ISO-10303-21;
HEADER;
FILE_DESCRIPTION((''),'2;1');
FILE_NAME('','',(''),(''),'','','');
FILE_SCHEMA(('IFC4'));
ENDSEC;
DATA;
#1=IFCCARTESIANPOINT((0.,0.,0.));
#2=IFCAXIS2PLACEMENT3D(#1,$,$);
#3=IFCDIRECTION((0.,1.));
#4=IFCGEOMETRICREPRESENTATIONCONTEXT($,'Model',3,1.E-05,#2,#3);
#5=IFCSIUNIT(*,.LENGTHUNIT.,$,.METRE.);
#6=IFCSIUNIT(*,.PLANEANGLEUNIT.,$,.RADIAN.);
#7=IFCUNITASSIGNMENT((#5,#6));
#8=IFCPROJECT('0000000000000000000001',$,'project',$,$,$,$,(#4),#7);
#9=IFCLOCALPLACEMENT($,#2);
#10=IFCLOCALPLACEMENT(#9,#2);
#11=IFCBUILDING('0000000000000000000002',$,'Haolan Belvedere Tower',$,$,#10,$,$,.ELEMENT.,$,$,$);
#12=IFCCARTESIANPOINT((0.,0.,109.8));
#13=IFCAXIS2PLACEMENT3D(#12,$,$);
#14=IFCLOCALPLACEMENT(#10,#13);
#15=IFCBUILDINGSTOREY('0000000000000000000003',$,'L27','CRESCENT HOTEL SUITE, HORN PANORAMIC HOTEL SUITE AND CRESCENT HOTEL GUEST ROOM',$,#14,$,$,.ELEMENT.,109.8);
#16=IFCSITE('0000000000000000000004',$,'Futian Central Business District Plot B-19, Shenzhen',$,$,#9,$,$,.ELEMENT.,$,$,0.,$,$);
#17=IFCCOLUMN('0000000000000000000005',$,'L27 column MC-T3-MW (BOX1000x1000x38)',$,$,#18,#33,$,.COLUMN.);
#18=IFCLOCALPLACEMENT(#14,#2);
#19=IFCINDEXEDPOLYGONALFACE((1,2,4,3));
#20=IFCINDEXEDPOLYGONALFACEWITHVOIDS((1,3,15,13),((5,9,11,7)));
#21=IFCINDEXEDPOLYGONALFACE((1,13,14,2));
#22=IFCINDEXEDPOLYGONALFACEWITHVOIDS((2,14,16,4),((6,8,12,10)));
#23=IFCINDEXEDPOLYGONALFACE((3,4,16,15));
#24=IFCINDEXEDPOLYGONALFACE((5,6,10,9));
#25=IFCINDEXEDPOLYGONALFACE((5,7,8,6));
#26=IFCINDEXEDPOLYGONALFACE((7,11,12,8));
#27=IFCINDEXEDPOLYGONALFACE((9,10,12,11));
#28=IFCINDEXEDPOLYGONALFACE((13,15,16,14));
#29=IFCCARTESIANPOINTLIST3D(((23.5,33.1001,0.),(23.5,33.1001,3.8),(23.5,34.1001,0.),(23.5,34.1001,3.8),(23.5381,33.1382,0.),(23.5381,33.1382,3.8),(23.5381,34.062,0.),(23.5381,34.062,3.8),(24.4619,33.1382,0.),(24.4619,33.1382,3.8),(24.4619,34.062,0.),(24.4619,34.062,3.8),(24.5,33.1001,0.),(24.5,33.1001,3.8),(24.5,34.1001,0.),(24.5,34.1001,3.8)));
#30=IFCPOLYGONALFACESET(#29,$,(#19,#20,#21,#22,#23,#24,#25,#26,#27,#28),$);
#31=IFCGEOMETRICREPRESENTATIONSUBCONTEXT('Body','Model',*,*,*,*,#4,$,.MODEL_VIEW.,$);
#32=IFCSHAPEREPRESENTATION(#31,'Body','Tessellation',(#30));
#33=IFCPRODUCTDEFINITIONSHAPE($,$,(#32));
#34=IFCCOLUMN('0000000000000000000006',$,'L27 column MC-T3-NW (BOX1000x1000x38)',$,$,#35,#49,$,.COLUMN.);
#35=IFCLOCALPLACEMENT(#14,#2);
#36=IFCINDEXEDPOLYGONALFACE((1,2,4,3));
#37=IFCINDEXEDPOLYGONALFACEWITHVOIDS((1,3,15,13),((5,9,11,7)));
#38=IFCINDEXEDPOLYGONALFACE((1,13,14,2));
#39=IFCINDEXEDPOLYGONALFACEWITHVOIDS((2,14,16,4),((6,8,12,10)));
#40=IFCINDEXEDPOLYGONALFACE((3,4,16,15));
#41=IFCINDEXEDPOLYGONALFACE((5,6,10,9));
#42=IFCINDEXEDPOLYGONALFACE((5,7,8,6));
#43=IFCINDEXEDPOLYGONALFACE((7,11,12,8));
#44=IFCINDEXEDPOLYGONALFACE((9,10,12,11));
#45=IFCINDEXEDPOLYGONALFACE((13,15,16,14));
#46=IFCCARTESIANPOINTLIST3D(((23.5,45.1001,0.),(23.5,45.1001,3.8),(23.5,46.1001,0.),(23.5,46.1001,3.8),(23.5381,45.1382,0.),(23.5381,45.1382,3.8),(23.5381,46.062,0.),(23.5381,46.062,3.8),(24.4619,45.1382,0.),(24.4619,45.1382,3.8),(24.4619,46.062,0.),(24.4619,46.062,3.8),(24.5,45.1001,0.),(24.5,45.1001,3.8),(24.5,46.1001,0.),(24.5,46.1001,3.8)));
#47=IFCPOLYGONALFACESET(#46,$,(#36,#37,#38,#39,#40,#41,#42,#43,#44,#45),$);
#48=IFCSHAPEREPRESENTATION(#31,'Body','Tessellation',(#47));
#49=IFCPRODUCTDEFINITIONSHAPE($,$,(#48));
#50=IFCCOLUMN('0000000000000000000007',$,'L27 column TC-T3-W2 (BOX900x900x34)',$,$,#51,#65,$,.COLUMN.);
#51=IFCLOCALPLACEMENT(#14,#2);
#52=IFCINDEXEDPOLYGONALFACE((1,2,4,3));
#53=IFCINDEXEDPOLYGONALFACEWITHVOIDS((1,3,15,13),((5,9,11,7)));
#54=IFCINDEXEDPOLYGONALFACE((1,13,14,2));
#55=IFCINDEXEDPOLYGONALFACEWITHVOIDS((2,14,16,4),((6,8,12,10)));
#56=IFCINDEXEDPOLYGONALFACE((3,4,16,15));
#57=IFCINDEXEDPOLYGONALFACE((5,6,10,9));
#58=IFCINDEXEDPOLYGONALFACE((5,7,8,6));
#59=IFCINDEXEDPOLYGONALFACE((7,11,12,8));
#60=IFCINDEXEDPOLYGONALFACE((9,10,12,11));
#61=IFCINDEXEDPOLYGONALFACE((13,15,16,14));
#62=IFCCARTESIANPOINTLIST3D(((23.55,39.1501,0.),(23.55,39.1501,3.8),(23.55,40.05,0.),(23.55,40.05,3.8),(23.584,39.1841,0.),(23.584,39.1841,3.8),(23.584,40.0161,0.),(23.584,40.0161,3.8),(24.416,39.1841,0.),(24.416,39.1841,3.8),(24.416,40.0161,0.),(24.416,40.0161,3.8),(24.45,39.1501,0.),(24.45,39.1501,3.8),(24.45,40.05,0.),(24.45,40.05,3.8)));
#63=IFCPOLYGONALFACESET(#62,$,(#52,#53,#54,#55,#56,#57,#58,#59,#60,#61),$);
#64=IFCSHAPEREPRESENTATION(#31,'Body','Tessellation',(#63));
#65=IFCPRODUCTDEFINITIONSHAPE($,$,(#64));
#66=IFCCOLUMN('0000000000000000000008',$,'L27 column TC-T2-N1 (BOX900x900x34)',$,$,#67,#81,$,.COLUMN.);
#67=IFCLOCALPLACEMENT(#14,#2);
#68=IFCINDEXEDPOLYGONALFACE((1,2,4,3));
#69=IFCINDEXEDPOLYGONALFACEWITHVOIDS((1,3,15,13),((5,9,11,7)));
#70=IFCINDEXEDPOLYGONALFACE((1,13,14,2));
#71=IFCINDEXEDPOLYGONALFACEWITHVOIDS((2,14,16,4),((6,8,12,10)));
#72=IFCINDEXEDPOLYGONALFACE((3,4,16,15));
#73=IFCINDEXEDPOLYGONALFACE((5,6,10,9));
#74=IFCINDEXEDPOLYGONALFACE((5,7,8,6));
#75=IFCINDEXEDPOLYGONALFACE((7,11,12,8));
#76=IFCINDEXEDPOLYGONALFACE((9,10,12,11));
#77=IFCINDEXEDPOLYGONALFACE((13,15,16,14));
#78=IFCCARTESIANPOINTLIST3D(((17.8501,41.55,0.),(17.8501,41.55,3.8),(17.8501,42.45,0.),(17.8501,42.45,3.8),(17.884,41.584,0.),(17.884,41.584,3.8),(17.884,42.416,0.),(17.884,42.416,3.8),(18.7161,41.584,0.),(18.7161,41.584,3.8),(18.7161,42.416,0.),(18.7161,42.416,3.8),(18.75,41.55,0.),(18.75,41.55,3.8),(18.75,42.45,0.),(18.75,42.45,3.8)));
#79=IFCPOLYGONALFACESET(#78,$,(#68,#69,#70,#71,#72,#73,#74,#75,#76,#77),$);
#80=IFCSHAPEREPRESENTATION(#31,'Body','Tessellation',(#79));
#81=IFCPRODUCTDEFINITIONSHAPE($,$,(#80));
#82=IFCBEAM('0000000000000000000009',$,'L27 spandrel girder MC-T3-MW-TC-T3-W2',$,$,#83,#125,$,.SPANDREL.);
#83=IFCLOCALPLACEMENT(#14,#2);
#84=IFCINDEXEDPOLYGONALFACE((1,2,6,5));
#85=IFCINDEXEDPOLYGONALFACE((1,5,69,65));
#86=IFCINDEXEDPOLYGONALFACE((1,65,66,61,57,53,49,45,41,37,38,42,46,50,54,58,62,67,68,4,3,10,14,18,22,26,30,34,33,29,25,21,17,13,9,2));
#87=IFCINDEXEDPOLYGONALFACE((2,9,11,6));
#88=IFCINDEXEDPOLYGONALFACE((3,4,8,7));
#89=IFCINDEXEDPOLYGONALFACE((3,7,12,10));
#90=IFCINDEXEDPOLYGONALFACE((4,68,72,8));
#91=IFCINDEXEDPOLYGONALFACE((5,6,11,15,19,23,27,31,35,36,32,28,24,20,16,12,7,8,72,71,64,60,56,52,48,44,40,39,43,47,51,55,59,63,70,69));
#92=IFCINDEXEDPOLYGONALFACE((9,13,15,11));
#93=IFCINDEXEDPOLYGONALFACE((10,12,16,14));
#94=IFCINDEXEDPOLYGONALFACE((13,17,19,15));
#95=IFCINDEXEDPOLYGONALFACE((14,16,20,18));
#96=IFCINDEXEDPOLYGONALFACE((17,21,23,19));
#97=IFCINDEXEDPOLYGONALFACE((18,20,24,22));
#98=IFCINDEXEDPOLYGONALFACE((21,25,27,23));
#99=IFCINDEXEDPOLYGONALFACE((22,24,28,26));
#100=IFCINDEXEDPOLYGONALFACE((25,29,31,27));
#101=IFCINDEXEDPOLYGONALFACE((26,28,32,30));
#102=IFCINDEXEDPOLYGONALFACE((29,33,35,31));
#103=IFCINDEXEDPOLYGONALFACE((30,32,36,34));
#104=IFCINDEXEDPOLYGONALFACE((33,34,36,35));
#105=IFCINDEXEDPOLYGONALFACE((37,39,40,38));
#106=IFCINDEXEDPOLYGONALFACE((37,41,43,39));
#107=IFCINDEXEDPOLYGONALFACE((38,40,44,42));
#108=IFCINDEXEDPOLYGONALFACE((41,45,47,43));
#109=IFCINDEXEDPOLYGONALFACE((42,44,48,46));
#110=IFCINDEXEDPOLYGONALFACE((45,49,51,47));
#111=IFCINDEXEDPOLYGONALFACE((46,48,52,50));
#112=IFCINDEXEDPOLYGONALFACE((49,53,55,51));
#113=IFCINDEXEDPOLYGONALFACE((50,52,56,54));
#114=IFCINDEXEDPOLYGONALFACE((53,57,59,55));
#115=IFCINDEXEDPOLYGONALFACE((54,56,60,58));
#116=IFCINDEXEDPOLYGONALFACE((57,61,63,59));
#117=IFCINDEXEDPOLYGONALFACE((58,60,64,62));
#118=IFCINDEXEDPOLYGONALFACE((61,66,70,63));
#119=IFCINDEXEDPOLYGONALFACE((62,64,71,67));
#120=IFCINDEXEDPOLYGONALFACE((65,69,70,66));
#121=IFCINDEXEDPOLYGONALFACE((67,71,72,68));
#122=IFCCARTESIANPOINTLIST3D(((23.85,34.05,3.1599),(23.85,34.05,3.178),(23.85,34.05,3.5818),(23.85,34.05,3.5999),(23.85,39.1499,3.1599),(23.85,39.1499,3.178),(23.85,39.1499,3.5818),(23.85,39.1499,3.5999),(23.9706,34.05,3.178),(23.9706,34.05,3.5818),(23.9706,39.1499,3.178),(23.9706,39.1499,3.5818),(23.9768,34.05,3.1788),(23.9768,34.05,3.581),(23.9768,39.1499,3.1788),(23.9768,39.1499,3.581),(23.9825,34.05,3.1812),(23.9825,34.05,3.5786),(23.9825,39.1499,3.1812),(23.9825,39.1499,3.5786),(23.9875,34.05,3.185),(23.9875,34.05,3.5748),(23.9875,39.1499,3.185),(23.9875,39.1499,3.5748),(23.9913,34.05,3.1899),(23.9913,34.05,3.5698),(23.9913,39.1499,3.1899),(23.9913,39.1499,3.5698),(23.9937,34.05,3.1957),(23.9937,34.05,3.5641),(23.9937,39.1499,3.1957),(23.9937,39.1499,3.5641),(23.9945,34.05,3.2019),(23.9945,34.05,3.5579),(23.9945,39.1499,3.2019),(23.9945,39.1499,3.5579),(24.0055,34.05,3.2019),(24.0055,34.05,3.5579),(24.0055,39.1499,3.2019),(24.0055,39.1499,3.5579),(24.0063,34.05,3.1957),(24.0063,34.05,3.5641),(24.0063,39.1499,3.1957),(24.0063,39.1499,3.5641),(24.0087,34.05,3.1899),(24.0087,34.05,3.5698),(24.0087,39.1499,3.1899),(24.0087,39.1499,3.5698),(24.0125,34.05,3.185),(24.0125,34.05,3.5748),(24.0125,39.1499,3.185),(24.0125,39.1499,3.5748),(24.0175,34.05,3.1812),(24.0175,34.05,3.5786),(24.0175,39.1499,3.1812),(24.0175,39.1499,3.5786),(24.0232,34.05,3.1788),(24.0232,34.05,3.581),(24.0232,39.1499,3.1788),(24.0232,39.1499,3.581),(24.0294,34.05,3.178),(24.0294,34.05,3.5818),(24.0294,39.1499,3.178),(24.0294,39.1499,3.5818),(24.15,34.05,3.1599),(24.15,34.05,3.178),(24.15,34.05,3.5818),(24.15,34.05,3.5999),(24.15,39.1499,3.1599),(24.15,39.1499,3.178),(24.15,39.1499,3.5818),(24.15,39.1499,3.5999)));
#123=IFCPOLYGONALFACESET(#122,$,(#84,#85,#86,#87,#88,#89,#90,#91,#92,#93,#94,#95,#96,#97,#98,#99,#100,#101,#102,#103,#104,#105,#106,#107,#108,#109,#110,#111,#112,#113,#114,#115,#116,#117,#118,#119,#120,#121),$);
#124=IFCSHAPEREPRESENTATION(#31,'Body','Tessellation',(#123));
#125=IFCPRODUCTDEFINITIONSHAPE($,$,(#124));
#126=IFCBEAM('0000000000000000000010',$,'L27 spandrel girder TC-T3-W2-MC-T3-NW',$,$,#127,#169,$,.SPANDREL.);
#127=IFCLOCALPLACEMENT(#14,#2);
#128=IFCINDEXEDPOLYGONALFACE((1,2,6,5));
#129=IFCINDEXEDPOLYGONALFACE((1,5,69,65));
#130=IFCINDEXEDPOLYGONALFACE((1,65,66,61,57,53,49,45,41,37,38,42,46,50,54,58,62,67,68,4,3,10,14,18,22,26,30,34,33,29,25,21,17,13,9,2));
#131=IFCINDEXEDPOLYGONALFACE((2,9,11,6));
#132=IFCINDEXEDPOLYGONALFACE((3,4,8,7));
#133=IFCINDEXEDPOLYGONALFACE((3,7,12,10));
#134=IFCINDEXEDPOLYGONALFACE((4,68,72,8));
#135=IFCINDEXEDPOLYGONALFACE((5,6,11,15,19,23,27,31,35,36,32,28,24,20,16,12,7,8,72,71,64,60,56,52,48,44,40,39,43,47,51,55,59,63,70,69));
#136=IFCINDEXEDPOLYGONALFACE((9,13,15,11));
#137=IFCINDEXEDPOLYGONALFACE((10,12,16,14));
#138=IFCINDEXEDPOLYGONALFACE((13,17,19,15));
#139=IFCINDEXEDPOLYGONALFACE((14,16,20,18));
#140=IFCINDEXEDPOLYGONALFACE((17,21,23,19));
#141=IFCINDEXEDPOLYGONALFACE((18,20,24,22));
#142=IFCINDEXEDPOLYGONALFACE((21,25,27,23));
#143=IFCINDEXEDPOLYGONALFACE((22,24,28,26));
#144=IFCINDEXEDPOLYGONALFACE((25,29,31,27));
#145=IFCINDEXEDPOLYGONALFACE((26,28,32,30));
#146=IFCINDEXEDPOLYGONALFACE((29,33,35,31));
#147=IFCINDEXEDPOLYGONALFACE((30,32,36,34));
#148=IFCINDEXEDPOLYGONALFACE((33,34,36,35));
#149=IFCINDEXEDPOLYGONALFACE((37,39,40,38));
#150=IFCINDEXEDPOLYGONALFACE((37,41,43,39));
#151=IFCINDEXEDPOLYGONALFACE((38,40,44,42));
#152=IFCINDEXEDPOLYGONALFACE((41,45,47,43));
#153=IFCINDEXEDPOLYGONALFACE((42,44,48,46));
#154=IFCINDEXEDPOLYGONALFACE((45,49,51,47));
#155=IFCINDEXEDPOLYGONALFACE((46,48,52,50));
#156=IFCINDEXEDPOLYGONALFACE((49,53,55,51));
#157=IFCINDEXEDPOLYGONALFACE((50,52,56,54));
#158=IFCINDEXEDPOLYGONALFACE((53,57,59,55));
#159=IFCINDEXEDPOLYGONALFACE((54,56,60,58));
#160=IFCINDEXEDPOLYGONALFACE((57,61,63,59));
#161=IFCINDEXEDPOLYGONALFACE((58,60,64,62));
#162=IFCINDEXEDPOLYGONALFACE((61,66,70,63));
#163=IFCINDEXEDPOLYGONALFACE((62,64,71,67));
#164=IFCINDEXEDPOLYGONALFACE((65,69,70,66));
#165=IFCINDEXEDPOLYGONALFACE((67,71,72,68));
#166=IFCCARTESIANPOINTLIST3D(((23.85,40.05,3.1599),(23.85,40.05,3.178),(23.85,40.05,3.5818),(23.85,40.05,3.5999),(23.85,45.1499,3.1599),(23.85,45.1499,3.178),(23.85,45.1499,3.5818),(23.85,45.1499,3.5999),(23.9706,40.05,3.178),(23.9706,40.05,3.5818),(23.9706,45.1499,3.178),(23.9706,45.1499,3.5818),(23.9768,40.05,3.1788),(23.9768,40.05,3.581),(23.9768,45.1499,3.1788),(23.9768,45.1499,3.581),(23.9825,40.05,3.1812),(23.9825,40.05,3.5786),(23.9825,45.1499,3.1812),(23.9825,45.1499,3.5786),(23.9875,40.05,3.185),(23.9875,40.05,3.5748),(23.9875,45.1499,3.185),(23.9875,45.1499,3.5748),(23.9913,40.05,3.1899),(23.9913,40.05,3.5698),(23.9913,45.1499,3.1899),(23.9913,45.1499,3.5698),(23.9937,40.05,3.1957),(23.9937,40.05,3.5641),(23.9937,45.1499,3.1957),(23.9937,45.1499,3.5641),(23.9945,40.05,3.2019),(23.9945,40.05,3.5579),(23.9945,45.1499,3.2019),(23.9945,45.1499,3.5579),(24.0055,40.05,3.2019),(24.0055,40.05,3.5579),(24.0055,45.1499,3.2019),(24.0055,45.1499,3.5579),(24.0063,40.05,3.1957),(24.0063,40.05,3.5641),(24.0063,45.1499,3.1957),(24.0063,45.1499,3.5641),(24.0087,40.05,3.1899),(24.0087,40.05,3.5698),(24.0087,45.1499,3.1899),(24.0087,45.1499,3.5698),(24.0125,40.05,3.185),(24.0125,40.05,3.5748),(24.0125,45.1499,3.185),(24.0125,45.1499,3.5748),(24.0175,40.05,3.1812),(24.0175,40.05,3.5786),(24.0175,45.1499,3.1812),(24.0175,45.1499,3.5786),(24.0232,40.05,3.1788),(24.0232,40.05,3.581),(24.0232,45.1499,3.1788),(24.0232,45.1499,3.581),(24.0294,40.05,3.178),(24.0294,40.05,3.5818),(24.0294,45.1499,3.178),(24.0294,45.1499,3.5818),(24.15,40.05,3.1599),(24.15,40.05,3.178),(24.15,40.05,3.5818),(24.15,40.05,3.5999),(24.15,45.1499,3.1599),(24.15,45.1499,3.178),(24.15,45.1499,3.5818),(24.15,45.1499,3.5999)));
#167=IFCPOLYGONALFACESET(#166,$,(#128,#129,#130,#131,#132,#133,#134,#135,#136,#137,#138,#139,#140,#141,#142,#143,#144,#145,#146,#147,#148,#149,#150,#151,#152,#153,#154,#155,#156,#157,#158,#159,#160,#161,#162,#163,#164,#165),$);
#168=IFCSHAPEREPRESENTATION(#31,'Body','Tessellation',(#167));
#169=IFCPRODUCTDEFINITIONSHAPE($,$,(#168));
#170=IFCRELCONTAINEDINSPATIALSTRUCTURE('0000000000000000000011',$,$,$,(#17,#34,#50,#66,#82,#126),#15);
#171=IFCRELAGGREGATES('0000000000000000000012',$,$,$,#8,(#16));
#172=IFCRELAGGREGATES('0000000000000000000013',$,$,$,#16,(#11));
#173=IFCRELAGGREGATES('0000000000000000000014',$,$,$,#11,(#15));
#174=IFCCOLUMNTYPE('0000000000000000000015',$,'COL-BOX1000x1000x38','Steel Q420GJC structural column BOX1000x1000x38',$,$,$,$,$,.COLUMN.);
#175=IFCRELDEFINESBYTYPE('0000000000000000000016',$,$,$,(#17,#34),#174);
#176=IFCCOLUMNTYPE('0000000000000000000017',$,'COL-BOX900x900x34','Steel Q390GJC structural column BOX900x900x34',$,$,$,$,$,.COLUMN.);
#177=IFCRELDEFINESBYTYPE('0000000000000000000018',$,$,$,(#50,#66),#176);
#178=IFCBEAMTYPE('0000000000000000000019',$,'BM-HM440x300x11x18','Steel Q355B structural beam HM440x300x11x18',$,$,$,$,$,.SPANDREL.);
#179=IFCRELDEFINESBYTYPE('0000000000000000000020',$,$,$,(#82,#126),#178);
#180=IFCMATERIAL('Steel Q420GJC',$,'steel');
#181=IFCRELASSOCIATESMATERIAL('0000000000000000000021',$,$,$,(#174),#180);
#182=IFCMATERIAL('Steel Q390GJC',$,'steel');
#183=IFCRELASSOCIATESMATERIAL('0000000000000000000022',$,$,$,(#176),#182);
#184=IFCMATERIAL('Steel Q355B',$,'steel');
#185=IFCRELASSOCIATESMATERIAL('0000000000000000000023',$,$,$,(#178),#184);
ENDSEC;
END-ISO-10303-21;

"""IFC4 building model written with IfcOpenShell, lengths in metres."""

from ifc_helpers import new_model, si_unit, direction, frame, origin, origin_2d, place, context, subcontext, project, spatial, hollow_rectangle, i_section, extrude, material, material_profile, profile_set, type_object, element, save


model = new_model("IFC4")

# Units and contexts
model_context = context("Model", 3, precision=1e-05, world=origin(), true_north=direction((0.0, 1.0)))
body_context = subcontext(model_context, "Body", "Model", "MODEL_VIEW")
ifc_project = project(units=[si_unit("LENGTHUNIT", "METRE"), si_unit("PLANEANGLEUNIT", "RADIAN")], contexts=[model_context])

# Site, building, storey
site_placement = place(None, origin())
site = spatial("IfcSite", under=ifc_project, at=site_placement, Name="Futian Central Business District Plot B-19, Shenzhen", CompositionType="ELEMENT", RefElevation=0.0)
building_placement = place(site_placement, origin())
building = spatial("IfcBuilding", under=site, at=building_placement, Name="Haolan Belvedere Tower", CompositionType="ELEMENT")
storey_placement = place(building_placement, frame((0.0, 0.0, 109.8)))
storey = spatial("IfcBuildingStorey", under=building, at=storey_placement, Name="L27", Description="CRESCENT HOTEL SUITE, HORN PANORAMIC HOTEL SUITE AND CRESCENT HOTEL GUEST ROOM", CompositionType="ELEMENT", Elevation=109.8)

# Columns
ifc_material_1 = material(Name="Steel Q420GJC", Category="steel")
ifc_material_profile_1 = material_profile(ifc_material_1, hollow_rectangle(XDim=1.0, YDim=1.0, WallThickness=0.0381, at=origin_2d()), Name="Steel Q420GJC")
ifc_profile_set_1 = profile_set([ifc_material_profile_1], Name="Steel Q420GJC")
column_type_1 = type_object("IfcColumnType", Name="COL-BOX1000x1000x38", Description="Steel Q420GJC structural column BOX1000x1000x38", PredefinedType="COLUMN", material=ifc_profile_set_1)
for number, where, z_axis, x_axis, name in (
    (1, (24.0, 33.6001, 0.0), (0.0, 0.0, 1.0), (1.0, 0.0, 0.0), "L27 column MC-T3-MW (BOX1000x1000x38)"),
    (2, (24.0, 45.6001, 0.0), (0.0, 0.0, 1.0), (1.0, 0.0, 0.0), "L27 column MC-T3-NW (BOX1000x1000x38)"),
):
    element("IfcColumn", number, at=place(storey_placement, frame(where, z_axis=z_axis, x_axis=x_axis)), inside=storey, type_object=column_type_1, Name=name, PredefinedType="COLUMN", context=body_context, shape_type="SweptSolid", body=[
        extrude(hollow_rectangle(XDim=1.0, YDim=1.0, WallThickness=0.0381, at=origin_2d()), origin(), (0.0, 0.0, 1.0), 3.8),
    ])
ifc_material_2 = material(Name="Steel Q390GJC", Category="steel")
ifc_material_profile_2 = material_profile(ifc_material_2, hollow_rectangle(XDim=0.8999, YDim=0.8999, WallThickness=0.0339, at=origin_2d()), Name="Steel Q390GJC")
ifc_profile_set_2 = profile_set([ifc_material_profile_2], Name="Steel Q390GJC")
column_type_2 = type_object("IfcColumnType", Name="COL-BOX900x900x34", Description="Steel Q390GJC structural column BOX900x900x34", PredefinedType="COLUMN", material=ifc_profile_set_2)
for number, where, z_axis, x_axis, name in (
    (3, (24.0, 39.6001, 0.0), (0.0, 0.0, 1.0), (1.0, 0.0, 0.0), "L27 column TC-T3-W2 (BOX900x900x34)"),
    (4, (18.3, 42.0, 0.0), (0.0, 0.0, 1.0), (1.0, 0.0, 0.0), "L27 column TC-T2-N1 (BOX900x900x34)"),
):
    element("IfcColumn", number, at=place(storey_placement, frame(where, z_axis=z_axis, x_axis=x_axis)), inside=storey, type_object=column_type_2, Name=name, PredefinedType="COLUMN", context=body_context, shape_type="SweptSolid", body=[
        extrude(hollow_rectangle(XDim=0.8999, YDim=0.8999, WallThickness=0.0339, at=origin_2d()), origin(), (0.0, 0.0, 1.0), 3.8),
    ])

# Beams
ifc_material_3 = material(Name="Steel Q355B", Category="steel")
ifc_material_profile_3 = material_profile(ifc_material_3, i_section(OverallWidth=0.3, OverallDepth=0.4399, WebThickness=0.011, FlangeThickness=0.0181, FilletRadius=0.0239, at=origin_2d()), Name="Steel Q355B")
ifc_profile_set_3 = profile_set([ifc_material_profile_3], Name="Steel Q355B")
beam_type = type_object("IfcBeamType", Name="BM-HM440x300x11x18", Description="Steel Q355B structural beam HM440x300x11x18", PredefinedType="SPANDREL", material=ifc_profile_set_3)
for number, where, z_axis, x_axis, name in (
    (5, (24.0, 34.05, 3.3799), (0.0, 1.0, 0.0), (-1.0, 0.0, 0.0), "L27 spandrel girder MC-T3-MW-TC-T3-W2"),
    (6, (24.0, 40.05, 3.3799), (0.0, 1.0, 0.0), (-1.0, 0.0, 0.0), "L27 spandrel girder TC-T3-W2-MC-T3-NW"),
):
    element("IfcBeam", number, at=place(storey_placement, frame(where, z_axis=z_axis, x_axis=x_axis)), inside=storey, type_object=beam_type, Name=name, PredefinedType="SPANDREL", context=body_context, shape_type="SweptSolid", body=[
        extrude(i_section(OverallWidth=0.3, OverallDepth=0.4399, WebThickness=0.011, FlangeThickness=0.0181, FilletRadius=0.0239, at=origin_2d()), origin(), (0.0, 0.0, 1.0), 5.0999),
    ])

save(model, "model.ifc")
